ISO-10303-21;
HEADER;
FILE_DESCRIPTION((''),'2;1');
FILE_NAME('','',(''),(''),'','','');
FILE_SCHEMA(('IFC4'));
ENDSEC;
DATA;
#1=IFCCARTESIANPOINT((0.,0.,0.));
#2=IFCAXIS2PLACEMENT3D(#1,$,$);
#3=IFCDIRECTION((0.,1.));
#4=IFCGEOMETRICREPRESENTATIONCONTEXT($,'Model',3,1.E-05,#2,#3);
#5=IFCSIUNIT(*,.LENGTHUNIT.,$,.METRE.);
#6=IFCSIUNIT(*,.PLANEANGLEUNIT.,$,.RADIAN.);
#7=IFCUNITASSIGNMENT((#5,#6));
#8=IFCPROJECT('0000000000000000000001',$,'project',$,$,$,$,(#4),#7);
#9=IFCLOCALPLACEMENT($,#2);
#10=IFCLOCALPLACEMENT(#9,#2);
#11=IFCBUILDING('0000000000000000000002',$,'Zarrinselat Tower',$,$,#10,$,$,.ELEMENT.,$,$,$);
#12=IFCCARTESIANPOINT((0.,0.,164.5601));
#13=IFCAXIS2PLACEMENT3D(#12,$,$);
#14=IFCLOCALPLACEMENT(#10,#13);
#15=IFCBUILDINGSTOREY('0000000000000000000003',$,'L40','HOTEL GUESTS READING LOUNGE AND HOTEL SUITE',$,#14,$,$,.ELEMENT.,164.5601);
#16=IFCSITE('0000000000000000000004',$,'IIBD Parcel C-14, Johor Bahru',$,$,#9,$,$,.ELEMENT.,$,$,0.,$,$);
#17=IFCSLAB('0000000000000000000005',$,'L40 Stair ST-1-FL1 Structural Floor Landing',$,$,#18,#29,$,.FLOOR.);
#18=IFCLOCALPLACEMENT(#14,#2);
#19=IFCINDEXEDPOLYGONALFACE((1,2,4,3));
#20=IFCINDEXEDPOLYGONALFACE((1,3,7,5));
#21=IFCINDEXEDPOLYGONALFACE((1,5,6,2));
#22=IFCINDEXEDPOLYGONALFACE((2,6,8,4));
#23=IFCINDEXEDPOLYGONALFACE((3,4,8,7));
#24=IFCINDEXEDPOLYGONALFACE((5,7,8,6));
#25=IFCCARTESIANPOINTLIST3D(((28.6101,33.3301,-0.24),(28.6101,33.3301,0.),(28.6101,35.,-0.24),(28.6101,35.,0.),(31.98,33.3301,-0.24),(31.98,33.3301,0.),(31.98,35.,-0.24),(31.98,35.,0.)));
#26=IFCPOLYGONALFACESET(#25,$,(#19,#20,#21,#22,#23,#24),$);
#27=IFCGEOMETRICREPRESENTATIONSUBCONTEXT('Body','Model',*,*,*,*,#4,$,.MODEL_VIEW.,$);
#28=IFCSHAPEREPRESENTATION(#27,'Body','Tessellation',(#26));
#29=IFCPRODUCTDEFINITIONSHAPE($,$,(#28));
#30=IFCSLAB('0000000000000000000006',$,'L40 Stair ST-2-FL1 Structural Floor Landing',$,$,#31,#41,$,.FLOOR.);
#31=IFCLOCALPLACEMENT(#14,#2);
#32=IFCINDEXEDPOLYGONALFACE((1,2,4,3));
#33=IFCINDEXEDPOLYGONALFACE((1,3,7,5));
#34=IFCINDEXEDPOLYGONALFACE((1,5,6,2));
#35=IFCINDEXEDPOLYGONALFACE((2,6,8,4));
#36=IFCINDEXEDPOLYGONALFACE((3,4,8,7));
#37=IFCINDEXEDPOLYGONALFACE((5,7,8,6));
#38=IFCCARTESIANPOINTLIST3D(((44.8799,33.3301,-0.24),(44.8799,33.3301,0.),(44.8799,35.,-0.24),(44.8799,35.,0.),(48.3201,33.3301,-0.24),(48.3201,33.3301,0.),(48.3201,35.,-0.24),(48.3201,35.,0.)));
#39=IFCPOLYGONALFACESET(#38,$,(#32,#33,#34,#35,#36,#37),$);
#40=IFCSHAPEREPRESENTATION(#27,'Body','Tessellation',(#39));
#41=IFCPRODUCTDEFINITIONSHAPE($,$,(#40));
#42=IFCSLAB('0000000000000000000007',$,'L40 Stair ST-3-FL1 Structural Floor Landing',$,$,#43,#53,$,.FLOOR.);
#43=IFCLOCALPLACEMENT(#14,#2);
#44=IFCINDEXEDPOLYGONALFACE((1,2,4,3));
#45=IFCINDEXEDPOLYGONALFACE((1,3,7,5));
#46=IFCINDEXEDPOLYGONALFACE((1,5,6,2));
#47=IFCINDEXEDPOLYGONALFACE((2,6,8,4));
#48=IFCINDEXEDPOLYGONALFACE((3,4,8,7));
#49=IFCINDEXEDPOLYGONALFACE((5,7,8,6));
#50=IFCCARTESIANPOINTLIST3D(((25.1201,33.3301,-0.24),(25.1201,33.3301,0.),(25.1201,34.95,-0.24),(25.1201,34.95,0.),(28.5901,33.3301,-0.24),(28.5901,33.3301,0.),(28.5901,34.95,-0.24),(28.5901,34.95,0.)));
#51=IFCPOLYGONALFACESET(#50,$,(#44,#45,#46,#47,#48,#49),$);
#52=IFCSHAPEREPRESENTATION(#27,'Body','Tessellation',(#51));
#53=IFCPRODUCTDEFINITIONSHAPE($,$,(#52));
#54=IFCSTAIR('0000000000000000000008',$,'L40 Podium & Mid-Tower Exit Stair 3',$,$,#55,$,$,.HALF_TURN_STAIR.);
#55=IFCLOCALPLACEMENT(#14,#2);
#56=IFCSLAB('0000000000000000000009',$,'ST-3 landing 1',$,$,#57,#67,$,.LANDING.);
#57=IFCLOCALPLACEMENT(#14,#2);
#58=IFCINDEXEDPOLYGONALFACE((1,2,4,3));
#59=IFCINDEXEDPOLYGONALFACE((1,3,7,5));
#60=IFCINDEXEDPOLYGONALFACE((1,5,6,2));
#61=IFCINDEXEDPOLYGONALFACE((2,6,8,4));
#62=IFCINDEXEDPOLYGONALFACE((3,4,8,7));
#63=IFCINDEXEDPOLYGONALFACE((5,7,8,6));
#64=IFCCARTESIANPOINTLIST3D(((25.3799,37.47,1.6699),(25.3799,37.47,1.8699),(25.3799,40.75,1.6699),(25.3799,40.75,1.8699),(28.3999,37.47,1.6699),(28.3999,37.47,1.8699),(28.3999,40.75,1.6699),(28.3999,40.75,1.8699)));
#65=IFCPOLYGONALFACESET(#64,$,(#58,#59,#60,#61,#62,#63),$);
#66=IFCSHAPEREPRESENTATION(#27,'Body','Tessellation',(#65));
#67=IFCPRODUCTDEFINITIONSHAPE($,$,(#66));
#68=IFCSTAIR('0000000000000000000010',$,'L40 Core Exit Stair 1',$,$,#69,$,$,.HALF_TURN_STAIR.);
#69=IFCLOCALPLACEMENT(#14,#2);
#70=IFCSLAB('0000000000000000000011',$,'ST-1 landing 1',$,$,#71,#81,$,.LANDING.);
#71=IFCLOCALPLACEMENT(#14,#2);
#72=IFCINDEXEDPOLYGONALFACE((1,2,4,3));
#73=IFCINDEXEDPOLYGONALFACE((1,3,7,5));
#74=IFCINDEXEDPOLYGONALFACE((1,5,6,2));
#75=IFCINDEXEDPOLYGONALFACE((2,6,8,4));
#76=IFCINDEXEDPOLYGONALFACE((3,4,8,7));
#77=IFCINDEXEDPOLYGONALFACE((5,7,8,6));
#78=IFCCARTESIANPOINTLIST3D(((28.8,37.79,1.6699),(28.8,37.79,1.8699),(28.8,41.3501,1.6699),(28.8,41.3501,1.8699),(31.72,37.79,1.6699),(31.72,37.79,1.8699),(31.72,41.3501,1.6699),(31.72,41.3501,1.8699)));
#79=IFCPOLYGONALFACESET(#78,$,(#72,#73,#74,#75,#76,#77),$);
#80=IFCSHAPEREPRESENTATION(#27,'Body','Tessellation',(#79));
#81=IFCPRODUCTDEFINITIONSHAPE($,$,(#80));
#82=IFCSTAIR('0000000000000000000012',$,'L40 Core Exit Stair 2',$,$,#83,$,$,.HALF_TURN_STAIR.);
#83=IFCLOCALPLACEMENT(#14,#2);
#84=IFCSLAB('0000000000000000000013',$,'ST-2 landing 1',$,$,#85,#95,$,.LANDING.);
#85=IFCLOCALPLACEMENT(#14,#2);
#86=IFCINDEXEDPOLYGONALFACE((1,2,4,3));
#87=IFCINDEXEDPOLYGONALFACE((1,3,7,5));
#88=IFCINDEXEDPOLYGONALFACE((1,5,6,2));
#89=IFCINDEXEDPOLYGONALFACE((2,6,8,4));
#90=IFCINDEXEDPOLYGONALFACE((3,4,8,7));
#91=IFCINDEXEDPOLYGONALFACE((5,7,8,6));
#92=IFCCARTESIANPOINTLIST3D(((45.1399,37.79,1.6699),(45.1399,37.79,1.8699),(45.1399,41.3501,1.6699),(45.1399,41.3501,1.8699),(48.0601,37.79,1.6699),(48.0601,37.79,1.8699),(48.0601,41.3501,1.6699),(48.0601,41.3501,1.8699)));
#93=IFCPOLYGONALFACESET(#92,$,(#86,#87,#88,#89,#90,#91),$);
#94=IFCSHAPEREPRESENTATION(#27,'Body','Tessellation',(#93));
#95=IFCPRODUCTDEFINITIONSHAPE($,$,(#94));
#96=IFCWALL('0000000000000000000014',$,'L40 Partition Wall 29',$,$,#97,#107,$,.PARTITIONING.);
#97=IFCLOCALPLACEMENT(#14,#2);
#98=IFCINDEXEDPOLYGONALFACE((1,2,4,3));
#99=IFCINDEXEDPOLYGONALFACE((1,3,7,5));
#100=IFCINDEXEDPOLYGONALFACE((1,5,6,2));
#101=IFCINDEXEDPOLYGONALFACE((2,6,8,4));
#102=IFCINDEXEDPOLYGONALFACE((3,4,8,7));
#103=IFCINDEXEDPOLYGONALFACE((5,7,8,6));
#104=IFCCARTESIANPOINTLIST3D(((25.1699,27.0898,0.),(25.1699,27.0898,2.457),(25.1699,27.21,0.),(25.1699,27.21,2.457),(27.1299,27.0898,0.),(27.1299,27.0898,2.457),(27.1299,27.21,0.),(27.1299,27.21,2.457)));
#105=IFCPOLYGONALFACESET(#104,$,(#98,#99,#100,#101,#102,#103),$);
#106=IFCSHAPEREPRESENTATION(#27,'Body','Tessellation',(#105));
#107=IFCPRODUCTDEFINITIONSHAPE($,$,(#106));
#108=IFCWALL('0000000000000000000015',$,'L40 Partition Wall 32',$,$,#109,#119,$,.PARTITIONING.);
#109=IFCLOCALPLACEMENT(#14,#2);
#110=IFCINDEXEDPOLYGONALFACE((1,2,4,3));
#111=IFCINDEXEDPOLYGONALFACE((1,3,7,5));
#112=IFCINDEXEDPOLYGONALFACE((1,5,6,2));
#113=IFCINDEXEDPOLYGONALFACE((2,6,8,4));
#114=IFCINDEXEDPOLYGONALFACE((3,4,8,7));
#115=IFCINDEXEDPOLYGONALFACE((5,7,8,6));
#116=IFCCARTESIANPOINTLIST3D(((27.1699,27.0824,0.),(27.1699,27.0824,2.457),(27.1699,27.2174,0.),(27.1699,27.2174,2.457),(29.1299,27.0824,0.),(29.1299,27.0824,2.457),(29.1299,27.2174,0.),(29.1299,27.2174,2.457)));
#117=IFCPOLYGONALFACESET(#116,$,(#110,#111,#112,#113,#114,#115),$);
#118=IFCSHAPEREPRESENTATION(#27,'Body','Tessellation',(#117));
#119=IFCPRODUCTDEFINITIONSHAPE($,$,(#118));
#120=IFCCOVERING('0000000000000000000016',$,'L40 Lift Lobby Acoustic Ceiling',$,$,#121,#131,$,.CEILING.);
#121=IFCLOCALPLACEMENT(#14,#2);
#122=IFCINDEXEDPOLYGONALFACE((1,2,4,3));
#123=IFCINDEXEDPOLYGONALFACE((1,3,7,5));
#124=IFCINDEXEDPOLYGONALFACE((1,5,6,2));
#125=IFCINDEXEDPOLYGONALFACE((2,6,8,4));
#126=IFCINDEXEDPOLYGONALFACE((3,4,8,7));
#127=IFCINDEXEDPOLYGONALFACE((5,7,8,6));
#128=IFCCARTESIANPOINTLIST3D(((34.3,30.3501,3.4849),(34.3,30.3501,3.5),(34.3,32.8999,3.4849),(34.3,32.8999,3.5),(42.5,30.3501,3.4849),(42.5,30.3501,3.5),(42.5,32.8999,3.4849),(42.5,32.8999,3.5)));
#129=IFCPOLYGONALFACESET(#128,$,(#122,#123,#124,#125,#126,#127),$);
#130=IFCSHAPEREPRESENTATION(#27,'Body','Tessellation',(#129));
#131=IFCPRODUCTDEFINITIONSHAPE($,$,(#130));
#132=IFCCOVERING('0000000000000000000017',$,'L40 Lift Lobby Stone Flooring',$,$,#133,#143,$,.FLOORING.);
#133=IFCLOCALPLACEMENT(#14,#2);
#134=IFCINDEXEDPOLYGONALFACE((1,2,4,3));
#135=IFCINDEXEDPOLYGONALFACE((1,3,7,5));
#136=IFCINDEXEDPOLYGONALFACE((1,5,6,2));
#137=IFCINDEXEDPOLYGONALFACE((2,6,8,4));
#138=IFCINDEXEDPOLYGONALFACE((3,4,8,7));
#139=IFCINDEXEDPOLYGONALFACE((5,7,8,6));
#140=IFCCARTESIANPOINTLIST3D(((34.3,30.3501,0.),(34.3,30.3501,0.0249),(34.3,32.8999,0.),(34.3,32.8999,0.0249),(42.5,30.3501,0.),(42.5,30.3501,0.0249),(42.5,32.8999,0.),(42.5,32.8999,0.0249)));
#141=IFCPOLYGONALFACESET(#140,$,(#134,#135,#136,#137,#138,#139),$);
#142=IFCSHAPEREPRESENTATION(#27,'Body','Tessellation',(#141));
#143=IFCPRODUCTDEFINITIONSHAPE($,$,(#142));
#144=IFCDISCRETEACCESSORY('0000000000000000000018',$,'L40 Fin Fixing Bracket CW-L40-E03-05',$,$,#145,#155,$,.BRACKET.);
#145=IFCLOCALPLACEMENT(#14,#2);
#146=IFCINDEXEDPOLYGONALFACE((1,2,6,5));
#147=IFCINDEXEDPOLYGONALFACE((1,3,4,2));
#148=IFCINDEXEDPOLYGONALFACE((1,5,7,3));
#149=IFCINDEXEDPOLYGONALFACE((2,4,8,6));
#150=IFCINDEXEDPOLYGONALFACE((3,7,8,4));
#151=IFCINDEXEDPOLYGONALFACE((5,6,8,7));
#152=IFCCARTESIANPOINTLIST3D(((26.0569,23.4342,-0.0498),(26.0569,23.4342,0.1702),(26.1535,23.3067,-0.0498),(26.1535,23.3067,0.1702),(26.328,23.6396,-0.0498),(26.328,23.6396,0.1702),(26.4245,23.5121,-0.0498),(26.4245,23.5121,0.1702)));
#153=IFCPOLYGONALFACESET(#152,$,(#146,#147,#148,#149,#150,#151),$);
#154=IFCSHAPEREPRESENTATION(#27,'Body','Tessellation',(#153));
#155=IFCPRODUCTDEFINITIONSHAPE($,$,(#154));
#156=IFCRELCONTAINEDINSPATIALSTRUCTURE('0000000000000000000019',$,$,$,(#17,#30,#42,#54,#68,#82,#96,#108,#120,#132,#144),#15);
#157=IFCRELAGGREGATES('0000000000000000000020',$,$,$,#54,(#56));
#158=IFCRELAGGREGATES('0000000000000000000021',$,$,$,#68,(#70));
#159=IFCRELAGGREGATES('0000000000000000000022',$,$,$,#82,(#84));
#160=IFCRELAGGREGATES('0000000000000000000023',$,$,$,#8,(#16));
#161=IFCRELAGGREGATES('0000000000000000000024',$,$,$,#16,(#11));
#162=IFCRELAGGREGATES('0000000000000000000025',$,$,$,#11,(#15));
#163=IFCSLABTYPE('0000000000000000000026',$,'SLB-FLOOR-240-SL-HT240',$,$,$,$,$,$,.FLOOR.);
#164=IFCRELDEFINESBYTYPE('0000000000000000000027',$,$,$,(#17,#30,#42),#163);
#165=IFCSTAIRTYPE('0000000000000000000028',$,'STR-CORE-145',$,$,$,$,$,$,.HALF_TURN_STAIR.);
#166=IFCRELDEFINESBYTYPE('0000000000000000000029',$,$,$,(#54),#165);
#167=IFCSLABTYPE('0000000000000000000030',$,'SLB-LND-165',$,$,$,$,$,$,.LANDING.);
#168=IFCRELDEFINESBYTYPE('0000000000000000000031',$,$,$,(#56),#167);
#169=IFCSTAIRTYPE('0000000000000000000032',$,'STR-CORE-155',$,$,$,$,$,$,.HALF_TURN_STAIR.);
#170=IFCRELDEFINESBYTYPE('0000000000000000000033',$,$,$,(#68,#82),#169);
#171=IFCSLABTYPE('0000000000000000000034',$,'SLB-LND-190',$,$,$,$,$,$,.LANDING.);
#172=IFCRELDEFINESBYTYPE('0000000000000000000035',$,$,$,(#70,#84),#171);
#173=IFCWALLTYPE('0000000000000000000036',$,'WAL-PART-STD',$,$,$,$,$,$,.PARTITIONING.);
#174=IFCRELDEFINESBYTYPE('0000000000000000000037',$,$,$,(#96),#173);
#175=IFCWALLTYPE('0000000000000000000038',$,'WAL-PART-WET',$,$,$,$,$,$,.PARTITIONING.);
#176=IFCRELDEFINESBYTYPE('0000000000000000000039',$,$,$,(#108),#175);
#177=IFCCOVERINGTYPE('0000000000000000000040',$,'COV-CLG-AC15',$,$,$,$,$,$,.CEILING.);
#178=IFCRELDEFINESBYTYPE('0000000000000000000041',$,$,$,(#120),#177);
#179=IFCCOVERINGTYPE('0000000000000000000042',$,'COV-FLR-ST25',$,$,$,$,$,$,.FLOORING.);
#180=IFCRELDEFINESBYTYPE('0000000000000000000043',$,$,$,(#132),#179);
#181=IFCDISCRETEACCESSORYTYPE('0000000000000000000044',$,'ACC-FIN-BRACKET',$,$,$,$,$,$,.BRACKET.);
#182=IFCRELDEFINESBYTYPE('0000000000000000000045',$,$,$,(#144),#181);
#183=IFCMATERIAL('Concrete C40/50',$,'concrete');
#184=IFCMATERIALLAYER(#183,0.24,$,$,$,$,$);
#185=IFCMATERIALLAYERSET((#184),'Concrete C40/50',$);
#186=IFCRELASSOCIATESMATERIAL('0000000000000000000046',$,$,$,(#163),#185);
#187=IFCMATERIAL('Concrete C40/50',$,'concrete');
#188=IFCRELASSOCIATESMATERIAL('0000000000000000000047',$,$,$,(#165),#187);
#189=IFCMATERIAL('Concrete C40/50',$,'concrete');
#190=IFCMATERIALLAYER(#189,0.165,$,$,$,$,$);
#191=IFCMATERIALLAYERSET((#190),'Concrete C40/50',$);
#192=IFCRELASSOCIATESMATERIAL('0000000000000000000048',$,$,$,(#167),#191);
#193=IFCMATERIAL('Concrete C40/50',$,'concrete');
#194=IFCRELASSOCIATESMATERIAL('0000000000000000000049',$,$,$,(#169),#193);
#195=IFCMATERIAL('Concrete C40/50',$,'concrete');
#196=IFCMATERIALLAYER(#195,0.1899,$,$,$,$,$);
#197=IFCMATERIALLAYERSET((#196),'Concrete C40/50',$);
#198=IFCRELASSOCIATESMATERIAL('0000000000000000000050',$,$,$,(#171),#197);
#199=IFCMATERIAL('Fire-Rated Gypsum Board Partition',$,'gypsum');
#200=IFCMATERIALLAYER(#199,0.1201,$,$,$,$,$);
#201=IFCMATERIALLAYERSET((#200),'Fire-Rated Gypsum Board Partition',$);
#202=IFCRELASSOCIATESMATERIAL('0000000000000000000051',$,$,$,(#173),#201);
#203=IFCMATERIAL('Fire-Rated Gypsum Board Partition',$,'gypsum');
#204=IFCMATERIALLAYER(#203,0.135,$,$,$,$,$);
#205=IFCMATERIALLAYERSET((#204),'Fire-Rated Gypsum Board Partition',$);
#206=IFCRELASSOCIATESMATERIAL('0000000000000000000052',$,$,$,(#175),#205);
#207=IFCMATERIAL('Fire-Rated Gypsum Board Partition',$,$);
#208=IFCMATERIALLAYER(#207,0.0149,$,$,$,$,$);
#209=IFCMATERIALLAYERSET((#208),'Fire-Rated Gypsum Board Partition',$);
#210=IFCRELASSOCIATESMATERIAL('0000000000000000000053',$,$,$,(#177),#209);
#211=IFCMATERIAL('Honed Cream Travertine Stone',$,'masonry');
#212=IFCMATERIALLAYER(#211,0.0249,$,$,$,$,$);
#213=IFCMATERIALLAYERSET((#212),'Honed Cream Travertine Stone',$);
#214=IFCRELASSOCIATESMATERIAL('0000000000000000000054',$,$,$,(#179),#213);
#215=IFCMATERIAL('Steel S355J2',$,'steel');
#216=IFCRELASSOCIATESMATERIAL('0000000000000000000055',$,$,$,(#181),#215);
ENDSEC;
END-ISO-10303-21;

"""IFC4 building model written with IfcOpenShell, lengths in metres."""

from ifc_helpers import new_model, si_unit, direction, frame, frame_2d, origin, origin_2d, place, context, subcontext, project, spatial, polyline, rectangle, outline, extrude, material, layer, layer_set, type_object, element, aggregate, save


model = new_model("IFC4")

# Units and contexts
model_context = context("Model", 3, precision=1e-05, world=origin(), true_north=direction((0.0, 1.0)))
body_context = subcontext(model_context, "Body", "Model", "MODEL_VIEW")
ifc_project = project(units=[si_unit("LENGTHUNIT", "METRE"), si_unit("PLANEANGLEUNIT", "RADIAN")], contexts=[model_context])

# Site, building, storey
site_placement = place(None, origin())
site = spatial("IfcSite", under=ifc_project, at=site_placement, Name="IIBD Parcel C-14, Johor Bahru", CompositionType="ELEMENT", RefElevation=0.0)
building_placement = place(site_placement, origin())
building = spatial("IfcBuilding", under=site, at=building_placement, Name="Zarrinselat Tower", CompositionType="ELEMENT")
storey_placement = place(building_placement, frame((0.0, 0.0, 164.5601)))
storey = spatial("IfcBuildingStorey", under=building, at=storey_placement, Name="L40", Description="HOTEL GUESTS READING LOUNGE AND HOTEL SUITE", CompositionType="ELEMENT", Elevation=164.5601)

# Slabs
ifc_material_1 = material(Name="Concrete C40/50", Category="concrete")
ifc_layer_1 = layer(ifc_material_1, 0.24)
ifc_layer_set_1 = layer_set([ifc_layer_1], Name="Concrete C40/50")
slab_type_1 = type_object("IfcSlabType", Name="SLB-FLOOR-240-SL-HT240", PredefinedType="FLOOR", material=ifc_layer_set_1)
slab_1_placement = place(storey_placement, frame((0.0, 0.0, -0.24)))
element("IfcSlab", 1, at=slab_1_placement, inside=storey, type_object=slab_type_1, Name="L40 Stair ST-1-FL1 Structural Floor Landing", PredefinedType="FLOOR", context=body_context, shape_type="SweptSolid", body=[
    extrude(outline(polyline([(31.98, 33.3301), (31.98, 35.0), (28.6101, 35.0), (28.6101, 33.3301), (31.98, 33.3301)])), origin(), (0.0, 0.0, 1.0), 0.24),
])
slab_2_placement = place(storey_placement, frame((0.0, 0.0, -0.24)))
element("IfcSlab", 2, at=slab_2_placement, inside=storey, type_object=slab_type_1, Name="L40 Stair ST-2-FL1 Structural Floor Landing", PredefinedType="FLOOR", context=body_context, shape_type="SweptSolid", body=[
    extrude(outline(polyline([(48.3201, 33.3301), (48.3201, 35.0), (44.8799, 35.0), (44.8799, 33.3301), (48.3201, 33.3301)])), origin(), (0.0, 0.0, 1.0), 0.24),
])
slab_3_placement = place(storey_placement, frame((0.0, 0.0, -0.24)))
element("IfcSlab", 3, at=slab_3_placement, inside=storey, type_object=slab_type_1, Name="L40 Stair ST-3-FL1 Structural Floor Landing", PredefinedType="FLOOR", context=body_context, shape_type="SweptSolid", body=[
    extrude(outline(polyline([(28.5901, 33.3301), (28.5901, 34.95), (25.1201, 34.95), (25.1201, 33.3301), (28.5901, 33.3301)])), origin(), (0.0, 0.0, 1.0), 0.24),
])

# Stairs, slabs
ifc_material_2 = material(Name="Concrete C40/50", Category="concrete")
stair_type_1 = type_object("IfcStairType", Name="STR-CORE-145", PredefinedType="HALF_TURN_STAIR", material=ifc_material_2)
stair_1_placement = place(storey_placement, origin())
stair_1 = element("IfcStair", 4, at=stair_1_placement, inside=storey, type_object=stair_type_1, Name="L40 Podium & Mid-Tower Exit Stair 3", PredefinedType="HALF_TURN_STAIR")
ifc_material_3 = material(Name="Concrete C40/50", Category="concrete")
ifc_layer_2 = layer(ifc_material_3, 0.165)
ifc_layer_set_2 = layer_set([ifc_layer_2], Name="Concrete C40/50")
slab_type_2 = type_object("IfcSlabType", Name="SLB-LND-165", PredefinedType="LANDING", material=ifc_layer_set_2)
slab_4_placement = place(storey_placement, frame((0.0, 0.0, 1.6699)))
slab_4 = element("IfcSlab", 5, at=slab_4_placement, type_object=slab_type_2, Name="ST-3 landing 1", PredefinedType="LANDING", context=body_context, shape_type="SweptSolid", body=[
    extrude(outline(polyline([(28.3999, 37.47), (28.3999, 40.75), (25.3799, 40.75), (25.3799, 37.47), (28.3999, 37.47)])), origin(), (0.0, 0.0, 1.0), 0.2),
])
aggregate(stair_1, [slab_4])
ifc_material_4 = material(Name="Concrete C40/50", Category="concrete")
stair_type_2 = type_object("IfcStairType", Name="STR-CORE-155", PredefinedType="HALF_TURN_STAIR", material=ifc_material_4)
stair_2_placement = place(storey_placement, origin())
stair_2 = element("IfcStair", 6, at=stair_2_placement, inside=storey, type_object=stair_type_2, Name="L40 Core Exit Stair 1", PredefinedType="HALF_TURN_STAIR")
ifc_material_5 = material(Name="Concrete C40/50", Category="concrete")
ifc_layer_3 = layer(ifc_material_5, 0.1899)
ifc_layer_set_3 = layer_set([ifc_layer_3], Name="Concrete C40/50")
slab_type_3 = type_object("IfcSlabType", Name="SLB-LND-190", PredefinedType="LANDING", material=ifc_layer_set_3)
slab_5_placement = place(storey_placement, frame((0.0, 0.0, 1.6699)))
slab_5 = element("IfcSlab", 7, at=slab_5_placement, type_object=slab_type_3, Name="ST-1 landing 1", PredefinedType="LANDING", context=body_context, shape_type="SweptSolid", body=[
    extrude(outline(polyline([(31.72, 37.79), (31.72, 41.3501), (28.8, 41.3501), (28.8, 37.79), (31.72, 37.79)])), origin(), (0.0, 0.0, 1.0), 0.2),
])
aggregate(stair_2, [slab_5])
stair_3_placement = place(storey_placement, origin())
stair_3 = element("IfcStair", 8, at=stair_3_placement, inside=storey, type_object=stair_type_2, Name="L40 Core Exit Stair 2", PredefinedType="HALF_TURN_STAIR")
slab_6_placement = place(storey_placement, frame((0.0, 0.0, 1.6699)))
slab_6 = element("IfcSlab", 9, at=slab_6_placement, type_object=slab_type_3, Name="ST-2 landing 1", PredefinedType="LANDING", context=body_context, shape_type="SweptSolid", body=[
    extrude(outline(polyline([(48.0601, 37.79), (48.0601, 41.3501), (45.1399, 41.3501), (45.1399, 37.79), (48.0601, 37.79)])), origin(), (0.0, 0.0, 1.0), 0.2),
])
aggregate(stair_3, [slab_6])

# Walls
ifc_material_6 = material(Name="Fire-Rated Gypsum Board Partition", Category="gypsum")
ifc_layer_4 = layer(ifc_material_6, 0.1201)
ifc_layer_set_4 = layer_set([ifc_layer_4], Name="Fire-Rated Gypsum Board Partition")
wall_type_1 = type_object("IfcWallType", Name="WAL-PART-STD", PredefinedType="PARTITIONING", material=ifc_layer_set_4)
wall_1_placement = place(storey_placement, frame((25.1699, 27.1499, 0.0), z_axis=(0.0, 0.0, 1.0), x_axis=(1.0, 0.0, 0.0)))
element("IfcWall", 10, at=wall_1_placement, inside=storey, type_object=wall_type_1, Name="L40 Partition Wall 29", PredefinedType="PARTITIONING", context=body_context, shape_type="SweptSolid", body=[
    extrude(rectangle(XDim=1.96, YDim=0.1201, at=frame_2d((0.98, 0.0))), origin(), (0.0, 0.0, 1.0), 2.457),
])
ifc_material_7 = material(Name="Fire-Rated Gypsum Board Partition", Category="gypsum")
ifc_layer_5 = layer(ifc_material_7, 0.135)
ifc_layer_set_5 = layer_set([ifc_layer_5], Name="Fire-Rated Gypsum Board Partition")
wall_type_2 = type_object("IfcWallType", Name="WAL-PART-WET", PredefinedType="PARTITIONING", material=ifc_layer_set_5)
wall_2_placement = place(storey_placement, frame((27.1699, 27.1499, 0.0), z_axis=(0.0, 0.0, 1.0), x_axis=(1.0, 0.0, 0.0)))
element("IfcWall", 11, at=wall_2_placement, inside=storey, type_object=wall_type_2, Name="L40 Partition Wall 32", PredefinedType="PARTITIONING", context=body_context, shape_type="SweptSolid", body=[
    extrude(rectangle(XDim=1.96, YDim=0.135, at=frame_2d((0.98, 0.0))), origin(), (0.0, 0.0, 1.0), 2.457),
])

# Coverings
ifc_material_8 = material(Name="Fire-Rated Gypsum Board Partition")
ifc_layer_6 = layer(ifc_material_8, 0.0149)
ifc_layer_set_6 = layer_set([ifc_layer_6], Name="Fire-Rated Gypsum Board Partition")
covering_type_1 = type_object("IfcCoveringType", Name="COV-CLG-AC15", PredefinedType="CEILING", material=ifc_layer_set_6)
covering_1_placement = place(storey_placement, frame((0.0, 0.0, 3.4849)))
element("IfcCovering", 12, at=covering_1_placement, inside=storey, type_object=covering_type_1, Name="L40 Lift Lobby Acoustic Ceiling", PredefinedType="CEILING", context=body_context, shape_type="SweptSolid", body=[
    extrude(outline(polyline([(34.3, 30.3501), (42.5, 30.3501), (42.5, 32.8999), (34.3, 32.8999), (34.3, 30.3501)])), origin(), (0.0, 0.0, 1.0), 0.0151),
])
ifc_material_9 = material(Name="Honed Cream Travertine Stone", Category="masonry")
ifc_layer_7 = layer(ifc_material_9, 0.0249)
ifc_layer_set_7 = layer_set([ifc_layer_7], Name="Honed Cream Travertine Stone")
covering_type_2 = type_object("IfcCoveringType", Name="COV-FLR-ST25", PredefinedType="FLOORING", material=ifc_layer_set_7)
covering_2_placement = place(storey_placement, origin())
element("IfcCovering", 13, at=covering_2_placement, inside=storey, type_object=covering_type_2, Name="L40 Lift Lobby Stone Flooring", PredefinedType="FLOORING", context=body_context, shape_type="SweptSolid", body=[
    extrude(outline(polyline([(34.3, 30.3501), (42.5, 30.3501), (42.5, 32.8999), (34.3, 32.8999), (34.3, 30.3501)])), origin(), (0.0, 0.0, 1.0), 0.0249),
])

# Discrete accessory
ifc_material_10 = material(Name="Steel S355J2", Category="steel")
discrete_accessory_type = type_object("IfcDiscreteAccessoryType", Name="ACC-FIN-BRACKET", PredefinedType="BRACKET", material=ifc_material_10)
discrete_accessory_placement = place(storey_placement, frame((26.2407, 23.4731, -0.0498), z_axis=(0.0, 0.0, 1.0), x_axis=(-0.797092, -0.603858, 0.0)))
element("IfcDiscreteAccessory", 14, at=discrete_accessory_placement, inside=storey, type_object=discrete_accessory_type, Name="L40 Fin Fixing Bracket CW-L40-E03-05", PredefinedType="BRACKET", context=body_context, shape_type="SweptSolid", body=[
    extrude(rectangle(XDim=0.3401, YDim=0.1599, at=origin_2d()), origin(), (0.0, 0.0, 1.0), 0.22),
])

save(model, "model.ifc")
